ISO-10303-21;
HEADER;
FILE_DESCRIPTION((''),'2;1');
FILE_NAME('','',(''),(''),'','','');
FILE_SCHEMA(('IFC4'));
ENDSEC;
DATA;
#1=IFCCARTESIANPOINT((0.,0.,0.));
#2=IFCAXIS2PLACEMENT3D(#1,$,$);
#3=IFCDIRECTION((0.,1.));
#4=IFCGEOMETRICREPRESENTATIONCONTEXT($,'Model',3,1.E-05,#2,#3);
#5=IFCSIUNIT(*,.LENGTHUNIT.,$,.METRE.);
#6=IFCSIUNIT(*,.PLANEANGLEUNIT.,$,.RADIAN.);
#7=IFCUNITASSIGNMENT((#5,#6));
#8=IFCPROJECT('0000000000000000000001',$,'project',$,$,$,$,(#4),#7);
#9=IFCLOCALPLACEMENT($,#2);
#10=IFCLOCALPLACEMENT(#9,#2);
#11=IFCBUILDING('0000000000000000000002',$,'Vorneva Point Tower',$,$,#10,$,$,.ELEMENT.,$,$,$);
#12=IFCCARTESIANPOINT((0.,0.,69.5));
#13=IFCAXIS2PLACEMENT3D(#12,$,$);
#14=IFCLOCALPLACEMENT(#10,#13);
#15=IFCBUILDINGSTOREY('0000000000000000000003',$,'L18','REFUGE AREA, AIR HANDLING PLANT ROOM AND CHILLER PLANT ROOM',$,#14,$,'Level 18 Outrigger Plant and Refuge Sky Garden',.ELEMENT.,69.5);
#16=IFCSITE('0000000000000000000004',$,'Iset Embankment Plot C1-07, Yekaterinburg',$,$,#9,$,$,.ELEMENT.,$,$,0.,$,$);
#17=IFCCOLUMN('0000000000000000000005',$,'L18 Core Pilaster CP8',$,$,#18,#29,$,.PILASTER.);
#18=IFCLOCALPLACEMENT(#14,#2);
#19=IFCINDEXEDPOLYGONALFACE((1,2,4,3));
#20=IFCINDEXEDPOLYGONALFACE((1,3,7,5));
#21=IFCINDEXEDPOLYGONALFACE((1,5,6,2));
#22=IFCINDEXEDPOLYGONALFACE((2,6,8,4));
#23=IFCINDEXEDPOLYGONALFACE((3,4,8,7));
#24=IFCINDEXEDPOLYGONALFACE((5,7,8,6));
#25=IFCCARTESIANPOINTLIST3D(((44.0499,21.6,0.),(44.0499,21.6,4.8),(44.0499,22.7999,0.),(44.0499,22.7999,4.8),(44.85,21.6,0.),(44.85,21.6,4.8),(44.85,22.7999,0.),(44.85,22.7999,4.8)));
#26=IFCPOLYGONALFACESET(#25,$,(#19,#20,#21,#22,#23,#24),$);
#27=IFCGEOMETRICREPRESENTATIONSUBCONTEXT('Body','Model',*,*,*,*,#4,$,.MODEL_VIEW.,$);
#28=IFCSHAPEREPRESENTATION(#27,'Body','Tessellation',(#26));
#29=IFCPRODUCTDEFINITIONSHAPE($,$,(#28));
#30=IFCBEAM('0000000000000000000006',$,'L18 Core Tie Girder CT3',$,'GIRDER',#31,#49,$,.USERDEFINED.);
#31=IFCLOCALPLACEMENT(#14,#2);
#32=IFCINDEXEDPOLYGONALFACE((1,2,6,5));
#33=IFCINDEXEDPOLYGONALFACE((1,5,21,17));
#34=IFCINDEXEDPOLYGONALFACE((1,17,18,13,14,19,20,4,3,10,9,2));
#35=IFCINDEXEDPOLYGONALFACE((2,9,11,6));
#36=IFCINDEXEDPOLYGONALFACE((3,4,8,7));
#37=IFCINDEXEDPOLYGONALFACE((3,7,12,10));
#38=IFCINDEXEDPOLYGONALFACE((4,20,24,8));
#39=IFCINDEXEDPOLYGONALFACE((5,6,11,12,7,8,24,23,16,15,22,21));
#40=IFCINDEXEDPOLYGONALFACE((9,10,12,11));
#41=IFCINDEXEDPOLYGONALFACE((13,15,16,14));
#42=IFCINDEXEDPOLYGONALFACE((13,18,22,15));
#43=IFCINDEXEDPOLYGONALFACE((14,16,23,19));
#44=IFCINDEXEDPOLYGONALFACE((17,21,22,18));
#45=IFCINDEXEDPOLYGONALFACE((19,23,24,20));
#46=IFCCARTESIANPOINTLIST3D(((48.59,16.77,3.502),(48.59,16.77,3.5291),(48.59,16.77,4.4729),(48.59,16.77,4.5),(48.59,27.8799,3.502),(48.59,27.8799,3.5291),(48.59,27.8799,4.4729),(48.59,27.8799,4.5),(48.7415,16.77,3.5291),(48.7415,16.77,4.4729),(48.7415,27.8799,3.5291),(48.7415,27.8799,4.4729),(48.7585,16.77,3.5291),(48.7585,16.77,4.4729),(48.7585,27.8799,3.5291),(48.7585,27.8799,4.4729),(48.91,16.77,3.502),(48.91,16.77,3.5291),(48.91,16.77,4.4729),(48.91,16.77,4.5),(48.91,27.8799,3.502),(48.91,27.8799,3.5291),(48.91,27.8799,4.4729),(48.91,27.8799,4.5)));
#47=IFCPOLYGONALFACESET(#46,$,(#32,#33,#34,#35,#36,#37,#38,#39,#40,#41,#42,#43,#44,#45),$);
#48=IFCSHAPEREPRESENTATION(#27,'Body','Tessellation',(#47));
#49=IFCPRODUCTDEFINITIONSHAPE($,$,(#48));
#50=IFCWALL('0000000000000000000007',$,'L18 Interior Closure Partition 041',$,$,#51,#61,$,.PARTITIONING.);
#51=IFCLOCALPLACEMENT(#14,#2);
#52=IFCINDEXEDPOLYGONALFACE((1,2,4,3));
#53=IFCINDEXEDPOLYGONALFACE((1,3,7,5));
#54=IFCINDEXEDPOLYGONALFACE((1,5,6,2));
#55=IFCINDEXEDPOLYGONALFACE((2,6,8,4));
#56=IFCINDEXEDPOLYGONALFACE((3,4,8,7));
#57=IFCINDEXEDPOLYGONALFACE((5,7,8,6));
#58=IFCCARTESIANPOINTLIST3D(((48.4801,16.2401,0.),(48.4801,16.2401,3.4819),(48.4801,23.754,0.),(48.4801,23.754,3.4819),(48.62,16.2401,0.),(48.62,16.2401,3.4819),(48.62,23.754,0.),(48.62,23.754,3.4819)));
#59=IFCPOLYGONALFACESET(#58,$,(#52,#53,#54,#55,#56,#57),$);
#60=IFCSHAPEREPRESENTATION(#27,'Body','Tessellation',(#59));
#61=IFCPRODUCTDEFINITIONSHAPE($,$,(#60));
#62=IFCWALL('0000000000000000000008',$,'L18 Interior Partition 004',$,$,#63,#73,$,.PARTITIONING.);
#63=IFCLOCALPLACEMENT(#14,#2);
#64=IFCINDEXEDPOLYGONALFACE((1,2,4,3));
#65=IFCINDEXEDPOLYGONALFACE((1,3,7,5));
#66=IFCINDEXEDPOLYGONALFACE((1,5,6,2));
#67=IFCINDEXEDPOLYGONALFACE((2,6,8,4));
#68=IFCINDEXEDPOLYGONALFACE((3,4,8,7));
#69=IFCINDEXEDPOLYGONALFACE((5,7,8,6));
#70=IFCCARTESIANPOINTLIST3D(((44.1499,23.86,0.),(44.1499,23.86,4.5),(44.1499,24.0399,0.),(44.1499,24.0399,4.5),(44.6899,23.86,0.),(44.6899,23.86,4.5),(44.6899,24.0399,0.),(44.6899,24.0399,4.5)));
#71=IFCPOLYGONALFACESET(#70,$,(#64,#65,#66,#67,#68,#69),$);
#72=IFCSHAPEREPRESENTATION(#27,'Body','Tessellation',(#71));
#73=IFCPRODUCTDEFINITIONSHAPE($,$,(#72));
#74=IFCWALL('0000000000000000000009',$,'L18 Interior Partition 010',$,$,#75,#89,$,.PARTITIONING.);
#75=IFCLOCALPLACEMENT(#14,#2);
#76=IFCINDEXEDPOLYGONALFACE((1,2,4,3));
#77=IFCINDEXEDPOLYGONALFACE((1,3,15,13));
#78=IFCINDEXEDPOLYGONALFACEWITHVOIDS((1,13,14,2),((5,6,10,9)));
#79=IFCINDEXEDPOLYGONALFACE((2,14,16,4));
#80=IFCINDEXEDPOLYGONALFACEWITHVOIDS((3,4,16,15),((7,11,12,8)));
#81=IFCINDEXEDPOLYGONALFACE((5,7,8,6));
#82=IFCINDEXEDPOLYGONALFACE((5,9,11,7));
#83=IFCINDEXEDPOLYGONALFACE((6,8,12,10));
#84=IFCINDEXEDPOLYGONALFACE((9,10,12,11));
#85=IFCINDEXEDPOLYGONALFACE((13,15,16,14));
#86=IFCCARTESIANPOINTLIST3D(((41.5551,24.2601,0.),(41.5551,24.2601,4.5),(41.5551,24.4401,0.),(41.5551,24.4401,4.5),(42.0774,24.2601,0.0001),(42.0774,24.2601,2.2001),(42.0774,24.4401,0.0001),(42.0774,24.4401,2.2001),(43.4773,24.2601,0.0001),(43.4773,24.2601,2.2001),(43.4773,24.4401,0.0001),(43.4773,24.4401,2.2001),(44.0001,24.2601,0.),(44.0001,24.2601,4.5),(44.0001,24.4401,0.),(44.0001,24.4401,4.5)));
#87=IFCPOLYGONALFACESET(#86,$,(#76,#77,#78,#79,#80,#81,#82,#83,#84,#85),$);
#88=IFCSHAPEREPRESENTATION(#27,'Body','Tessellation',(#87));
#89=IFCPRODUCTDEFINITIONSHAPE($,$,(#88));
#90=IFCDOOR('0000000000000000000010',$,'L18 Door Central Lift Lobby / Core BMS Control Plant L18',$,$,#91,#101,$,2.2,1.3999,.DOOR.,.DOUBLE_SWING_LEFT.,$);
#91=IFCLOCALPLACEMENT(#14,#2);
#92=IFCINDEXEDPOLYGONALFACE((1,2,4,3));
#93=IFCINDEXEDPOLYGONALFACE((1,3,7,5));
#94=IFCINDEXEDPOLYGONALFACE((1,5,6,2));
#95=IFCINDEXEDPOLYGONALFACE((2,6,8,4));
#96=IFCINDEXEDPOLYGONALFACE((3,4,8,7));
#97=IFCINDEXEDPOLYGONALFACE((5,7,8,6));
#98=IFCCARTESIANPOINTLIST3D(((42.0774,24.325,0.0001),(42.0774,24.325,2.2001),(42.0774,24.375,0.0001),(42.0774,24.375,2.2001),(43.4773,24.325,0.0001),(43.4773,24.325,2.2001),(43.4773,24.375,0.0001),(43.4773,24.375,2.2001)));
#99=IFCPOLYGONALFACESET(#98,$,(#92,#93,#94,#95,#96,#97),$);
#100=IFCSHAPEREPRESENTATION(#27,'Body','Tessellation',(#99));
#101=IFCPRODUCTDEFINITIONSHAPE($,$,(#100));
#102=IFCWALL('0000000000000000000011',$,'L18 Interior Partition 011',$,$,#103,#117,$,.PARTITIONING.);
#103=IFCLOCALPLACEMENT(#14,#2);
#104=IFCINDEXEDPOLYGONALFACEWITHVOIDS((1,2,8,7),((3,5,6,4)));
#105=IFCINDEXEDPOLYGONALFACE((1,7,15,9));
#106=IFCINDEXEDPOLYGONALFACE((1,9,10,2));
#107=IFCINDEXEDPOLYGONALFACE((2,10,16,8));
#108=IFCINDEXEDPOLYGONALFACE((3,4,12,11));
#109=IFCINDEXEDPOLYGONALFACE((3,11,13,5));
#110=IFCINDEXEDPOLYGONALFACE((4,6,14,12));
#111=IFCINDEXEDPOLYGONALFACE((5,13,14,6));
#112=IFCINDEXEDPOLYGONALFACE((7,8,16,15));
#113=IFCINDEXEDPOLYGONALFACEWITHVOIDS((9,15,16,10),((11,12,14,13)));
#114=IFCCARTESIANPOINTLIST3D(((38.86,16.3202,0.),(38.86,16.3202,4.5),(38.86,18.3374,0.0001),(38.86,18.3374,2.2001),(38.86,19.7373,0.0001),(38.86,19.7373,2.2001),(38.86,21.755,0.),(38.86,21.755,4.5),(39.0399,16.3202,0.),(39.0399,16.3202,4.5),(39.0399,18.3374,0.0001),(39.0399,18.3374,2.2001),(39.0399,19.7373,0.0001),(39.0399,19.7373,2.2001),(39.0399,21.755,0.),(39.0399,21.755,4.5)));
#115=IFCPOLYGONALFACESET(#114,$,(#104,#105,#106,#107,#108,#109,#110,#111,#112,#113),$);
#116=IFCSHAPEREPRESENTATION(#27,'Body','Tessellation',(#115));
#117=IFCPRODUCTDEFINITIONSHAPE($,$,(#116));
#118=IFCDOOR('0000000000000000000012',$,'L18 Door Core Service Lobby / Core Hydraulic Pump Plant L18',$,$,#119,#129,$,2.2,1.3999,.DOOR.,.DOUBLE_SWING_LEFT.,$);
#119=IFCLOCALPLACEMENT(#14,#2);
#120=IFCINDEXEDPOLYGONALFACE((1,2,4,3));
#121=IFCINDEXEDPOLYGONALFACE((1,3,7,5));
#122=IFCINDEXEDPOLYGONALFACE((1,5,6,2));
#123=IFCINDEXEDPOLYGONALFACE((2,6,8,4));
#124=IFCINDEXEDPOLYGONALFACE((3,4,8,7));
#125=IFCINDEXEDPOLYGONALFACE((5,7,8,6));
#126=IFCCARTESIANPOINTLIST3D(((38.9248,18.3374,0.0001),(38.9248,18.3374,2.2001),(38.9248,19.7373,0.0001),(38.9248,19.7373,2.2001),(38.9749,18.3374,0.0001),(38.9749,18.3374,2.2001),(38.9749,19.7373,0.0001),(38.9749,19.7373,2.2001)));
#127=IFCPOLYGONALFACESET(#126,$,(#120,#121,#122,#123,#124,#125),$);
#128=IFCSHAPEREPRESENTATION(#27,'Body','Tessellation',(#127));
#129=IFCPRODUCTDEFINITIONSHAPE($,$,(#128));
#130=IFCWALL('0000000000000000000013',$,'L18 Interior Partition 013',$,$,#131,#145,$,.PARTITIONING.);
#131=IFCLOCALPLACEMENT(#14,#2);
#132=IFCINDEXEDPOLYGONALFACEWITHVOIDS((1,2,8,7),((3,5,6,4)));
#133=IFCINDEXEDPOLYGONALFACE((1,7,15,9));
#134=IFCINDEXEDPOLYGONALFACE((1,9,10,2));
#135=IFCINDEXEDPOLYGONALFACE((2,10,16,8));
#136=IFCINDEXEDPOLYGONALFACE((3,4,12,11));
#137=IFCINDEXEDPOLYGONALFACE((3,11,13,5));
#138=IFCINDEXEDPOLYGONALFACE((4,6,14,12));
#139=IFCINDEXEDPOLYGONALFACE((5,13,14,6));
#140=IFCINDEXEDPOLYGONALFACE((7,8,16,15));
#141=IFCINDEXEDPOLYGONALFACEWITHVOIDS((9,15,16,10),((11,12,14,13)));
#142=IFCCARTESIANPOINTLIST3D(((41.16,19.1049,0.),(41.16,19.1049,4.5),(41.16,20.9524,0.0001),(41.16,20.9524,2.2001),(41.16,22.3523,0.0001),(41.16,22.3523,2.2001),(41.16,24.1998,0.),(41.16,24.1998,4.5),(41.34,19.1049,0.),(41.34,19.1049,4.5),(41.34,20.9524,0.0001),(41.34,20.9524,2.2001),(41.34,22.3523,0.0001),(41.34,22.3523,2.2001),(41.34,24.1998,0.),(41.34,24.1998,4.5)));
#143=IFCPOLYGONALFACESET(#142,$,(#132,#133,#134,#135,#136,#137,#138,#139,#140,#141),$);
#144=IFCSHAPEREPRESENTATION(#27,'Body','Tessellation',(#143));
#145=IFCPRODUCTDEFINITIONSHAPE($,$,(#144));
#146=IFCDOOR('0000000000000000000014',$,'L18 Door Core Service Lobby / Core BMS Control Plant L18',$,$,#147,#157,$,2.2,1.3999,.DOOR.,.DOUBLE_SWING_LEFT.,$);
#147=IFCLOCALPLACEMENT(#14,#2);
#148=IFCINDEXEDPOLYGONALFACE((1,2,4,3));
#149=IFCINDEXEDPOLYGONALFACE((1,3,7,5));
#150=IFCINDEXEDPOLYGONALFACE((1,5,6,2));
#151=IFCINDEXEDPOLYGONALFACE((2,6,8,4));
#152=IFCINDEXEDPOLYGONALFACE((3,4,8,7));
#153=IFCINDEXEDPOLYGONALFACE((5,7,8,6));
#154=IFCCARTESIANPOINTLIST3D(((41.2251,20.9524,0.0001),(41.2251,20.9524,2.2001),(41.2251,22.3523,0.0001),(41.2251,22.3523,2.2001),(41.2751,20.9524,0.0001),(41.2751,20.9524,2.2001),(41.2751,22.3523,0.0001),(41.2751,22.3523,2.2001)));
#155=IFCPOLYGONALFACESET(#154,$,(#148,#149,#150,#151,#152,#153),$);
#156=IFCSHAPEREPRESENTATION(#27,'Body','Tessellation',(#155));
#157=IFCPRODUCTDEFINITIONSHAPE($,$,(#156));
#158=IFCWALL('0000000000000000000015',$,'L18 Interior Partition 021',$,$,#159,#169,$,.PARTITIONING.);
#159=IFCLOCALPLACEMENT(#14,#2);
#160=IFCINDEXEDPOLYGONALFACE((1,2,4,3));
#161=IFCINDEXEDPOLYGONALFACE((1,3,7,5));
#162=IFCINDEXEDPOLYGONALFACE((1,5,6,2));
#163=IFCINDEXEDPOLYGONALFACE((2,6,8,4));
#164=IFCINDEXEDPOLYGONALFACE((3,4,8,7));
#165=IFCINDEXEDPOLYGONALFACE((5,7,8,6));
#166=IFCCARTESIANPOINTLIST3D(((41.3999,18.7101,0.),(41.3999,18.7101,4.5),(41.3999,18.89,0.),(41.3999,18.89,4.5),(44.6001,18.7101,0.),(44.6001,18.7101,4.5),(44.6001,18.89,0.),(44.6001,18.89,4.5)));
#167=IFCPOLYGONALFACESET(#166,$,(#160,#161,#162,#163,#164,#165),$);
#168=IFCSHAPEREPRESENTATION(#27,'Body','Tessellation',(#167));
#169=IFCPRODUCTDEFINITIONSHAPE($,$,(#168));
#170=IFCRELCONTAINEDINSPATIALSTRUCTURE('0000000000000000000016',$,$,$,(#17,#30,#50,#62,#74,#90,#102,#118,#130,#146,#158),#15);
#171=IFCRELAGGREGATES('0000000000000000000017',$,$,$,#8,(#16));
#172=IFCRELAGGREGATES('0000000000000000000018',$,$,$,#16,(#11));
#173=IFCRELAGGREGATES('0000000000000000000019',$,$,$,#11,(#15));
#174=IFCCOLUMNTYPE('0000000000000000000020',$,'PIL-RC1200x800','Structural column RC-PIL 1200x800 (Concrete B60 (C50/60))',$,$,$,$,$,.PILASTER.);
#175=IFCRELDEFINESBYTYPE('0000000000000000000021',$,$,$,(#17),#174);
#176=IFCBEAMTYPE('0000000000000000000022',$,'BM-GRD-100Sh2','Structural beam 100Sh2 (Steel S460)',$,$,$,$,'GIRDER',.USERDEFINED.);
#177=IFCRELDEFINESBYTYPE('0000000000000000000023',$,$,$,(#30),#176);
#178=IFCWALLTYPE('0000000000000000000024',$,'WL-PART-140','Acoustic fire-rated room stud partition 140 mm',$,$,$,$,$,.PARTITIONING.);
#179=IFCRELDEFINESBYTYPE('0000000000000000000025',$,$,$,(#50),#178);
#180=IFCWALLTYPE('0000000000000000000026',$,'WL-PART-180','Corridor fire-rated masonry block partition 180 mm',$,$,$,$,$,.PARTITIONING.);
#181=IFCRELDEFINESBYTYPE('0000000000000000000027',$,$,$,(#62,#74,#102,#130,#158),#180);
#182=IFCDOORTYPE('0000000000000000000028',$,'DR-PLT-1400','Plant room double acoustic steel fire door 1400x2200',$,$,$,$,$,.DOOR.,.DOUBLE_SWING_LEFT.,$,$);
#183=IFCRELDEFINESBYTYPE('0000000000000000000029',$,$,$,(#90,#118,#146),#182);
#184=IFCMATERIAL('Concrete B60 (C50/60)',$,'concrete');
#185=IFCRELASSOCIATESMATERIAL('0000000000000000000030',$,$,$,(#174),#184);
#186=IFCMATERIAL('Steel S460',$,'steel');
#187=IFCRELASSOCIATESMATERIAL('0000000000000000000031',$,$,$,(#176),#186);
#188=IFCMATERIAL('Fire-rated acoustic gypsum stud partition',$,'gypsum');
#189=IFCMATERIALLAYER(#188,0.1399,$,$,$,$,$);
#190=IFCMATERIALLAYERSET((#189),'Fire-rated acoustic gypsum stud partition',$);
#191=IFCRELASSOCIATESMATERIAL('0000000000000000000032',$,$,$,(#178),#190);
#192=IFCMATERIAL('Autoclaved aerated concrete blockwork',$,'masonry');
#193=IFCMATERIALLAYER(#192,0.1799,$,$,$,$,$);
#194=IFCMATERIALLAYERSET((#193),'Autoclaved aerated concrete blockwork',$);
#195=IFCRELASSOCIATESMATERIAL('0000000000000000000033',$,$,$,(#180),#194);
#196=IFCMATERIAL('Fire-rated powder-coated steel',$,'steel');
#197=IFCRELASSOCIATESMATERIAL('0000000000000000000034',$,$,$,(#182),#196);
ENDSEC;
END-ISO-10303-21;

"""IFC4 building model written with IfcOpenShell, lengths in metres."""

from ifc_helpers import new_model, si_unit, direction, frame, frame_2d, origin, origin_2d, place, context, subcontext, project, spatial, rectangle, i_section, extrude, material, layer, layer_set, material_profile, profile_set, type_object, element, fill, save


model = new_model("IFC4")

# Units and contexts
model_context = context("Model", 3, precision=1e-05, world=origin(), true_north=direction((0.0, 1.0)))
body_context = subcontext(model_context, "Body", "Model", "MODEL_VIEW")
ifc_project = project(units=[si_unit("LENGTHUNIT", "METRE"), si_unit("PLANEANGLEUNIT", "RADIAN")], contexts=[model_context])

# Site, building, storey
site_placement = place(None, origin())
site = spatial("IfcSite", under=ifc_project, at=site_placement, Name="Iset Embankment Plot C1-07, Yekaterinburg", CompositionType="ELEMENT", RefElevation=0.0)
building_placement = place(site_placement, origin())
building = spatial("IfcBuilding", under=site, at=building_placement, Name="Vorneva Point Tower", CompositionType="ELEMENT")
storey_placement = place(building_placement, frame((0.0, 0.0, 69.5)))
storey = spatial("IfcBuildingStorey", under=building, at=storey_placement, Name="L18", Description="REFUGE AREA, AIR HANDLING PLANT ROOM AND CHILLER PLANT ROOM", LongName="Level 18 Outrigger Plant and Refuge Sky Garden", CompositionType="ELEMENT", Elevation=69.5)

# Column
ifc_material_1 = material(Name="Concrete B60 (C50/60)", Category="concrete")
ifc_material_profile_1 = material_profile(ifc_material_1, rectangle(XDim=0.8, YDim=1.2, at=origin_2d()), Name="RC-PIL 1200x800")
ifc_profile_set_1 = profile_set([ifc_material_profile_1], Name="Concrete B60 (C50/60)")
column_type = type_object("IfcColumnType", Name="PIL-RC1200x800", Description="Structural column RC-PIL 1200x800 (Concrete B60 (C50/60))", PredefinedType="PILASTER", material=ifc_profile_set_1)
column_placement = place(storey_placement, frame((44.45, 22.2, 0.0), z_axis=(0.0, 0.0, 1.0), x_axis=(1.0, 0.0, 0.0)))
element("IfcColumn", 1, at=column_placement, inside=storey, type_object=column_type, Name="L18 Core Pilaster CP8", PredefinedType="PILASTER", context=body_context, shape_type="SweptSolid", body=[
    extrude(rectangle(XDim=0.8, YDim=1.2, at=origin_2d()), origin(), (0.0, 0.0, 1.0), 4.8),
])

# Beam
ifc_material_2 = material(Name="Steel S460", Category="steel")
ifc_material_profile_2 = material_profile(ifc_material_2, i_section(OverallWidth=0.3201, OverallDepth=0.998, WebThickness=0.0171, FlangeThickness=0.0271, at=origin_2d()), Name="100Sh2")
ifc_profile_set_2 = profile_set([ifc_material_profile_2], Name="Steel S460")
beam_type = type_object("IfcBeamType", Name="BM-GRD-100Sh2", Description="Structural beam 100Sh2 (Steel S460)", ElementType="GIRDER", PredefinedType="USERDEFINED", material=ifc_profile_set_2)
beam_placement = place(storey_placement, frame((48.75, 16.77, 4.001), z_axis=(0.0, 1.0, 0.0), x_axis=(-1.0, 0.0, 0.0)))
element("IfcBeam", 2, at=beam_placement, inside=storey, type_object=beam_type, Name="L18 Core Tie Girder CT3", ObjectType="GIRDER", PredefinedType="USERDEFINED", context=body_context, shape_type="SweptSolid", body=[
    extrude(i_section(OverallWidth=0.3201, OverallDepth=0.998, WebThickness=0.0171, FlangeThickness=0.0271, at=origin_2d()), origin(), (0.0, 0.0, 1.0), 11.1099),
])

# Walls
ifc_material_3 = material(Name="Fire-rated acoustic gypsum stud partition", Category="gypsum")
ifc_layer_1 = layer(ifc_material_3, 0.1399)
ifc_layer_set_1 = layer_set([ifc_layer_1], Name="Fire-rated acoustic gypsum stud partition")
wall_type_1 = type_object("IfcWallType", Name="WL-PART-140", Description="Acoustic fire-rated room stud partition 140 mm", PredefinedType="PARTITIONING", material=ifc_layer_set_1)
wall_1_placement = place(storey_placement, frame((48.55, 23.7539, 0.0), z_axis=(0.0, 0.0, 1.0), x_axis=(0.0, -1.0, 0.0)))
element("IfcWall", 3, at=wall_1_placement, inside=storey, type_object=wall_type_1, Name="L18 Interior Closure Partition 041", PredefinedType="PARTITIONING", context=body_context, shape_type="SweptSolid", body=[
    extrude(rectangle(XDim=7.5139, YDim=0.1399, at=frame_2d((3.7568, 0.0))), origin(), (0.0, 0.0, 1.0), 3.4819),
])
ifc_material_4 = material(Name="Autoclaved aerated concrete blockwork", Category="masonry")
ifc_layer_2 = layer(ifc_material_4, 0.1799)
ifc_layer_set_2 = layer_set([ifc_layer_2], Name="Autoclaved aerated concrete blockwork")
wall_type_2 = type_object("IfcWallType", Name="WL-PART-180", Description="Corridor fire-rated masonry block partition 180 mm", PredefinedType="PARTITIONING", material=ifc_layer_set_2)
wall_2_placement = place(storey_placement, frame((44.1499, 23.95, 0.0), z_axis=(0.0, 0.0, 1.0), x_axis=(1.0, 0.0, 0.0)))
element("IfcWall", 4, at=wall_2_placement, inside=storey, type_object=wall_type_2, Name="L18 Interior Partition 004", PredefinedType="PARTITIONING", context=body_context, shape_type="SweptSolid", body=[
    extrude(rectangle(XDim=0.54, YDim=0.1799, at=frame_2d((0.27, 0.0))), origin(), (0.0, 0.0, 1.0), 4.5),
])

# Walls, openings, doors
ifc_material_5 = material(Name="Fire-rated powder-coated steel", Category="steel")
wall_3_placement = place(storey_placement, frame((41.5549, 24.3501, 0.0), z_axis=(0.0, 0.0, 1.0), x_axis=(1.0, 0.0, 0.0)))
wall_3 = element("IfcWall", 5, at=wall_3_placement, inside=storey, type_object=wall_type_2, Name="L18 Interior Partition 010", PredefinedType="PARTITIONING", context=body_context, shape_type="SweptSolid", body=[
    extrude(rectangle(XDim=2.4451, YDim=0.1799, at=frame_2d((1.2227, 0.0))), origin(), (0.0, 0.0, 1.0), 4.5),
])
opening_1_placement = place(wall_3_placement, frame((0.5225, 0.0, 0.0)))
opening_1 = element("IfcOpeningElement", 6, at=opening_1_placement, cuts=wall_3, PredefinedType="OPENING", context=body_context, shape_type="SweptSolid", body=[
    extrude(rectangle(XDim=1.3999, YDim=2.2, at=frame_2d((0.7, 1.1001))), frame((0.0, 0.105, 0.0), z_axis=(0.0, -1.0, 0.0), x_axis=(1.0, 0.0, 0.0)), (0.0, 0.0, 1.0), 0.2097),
])
door_type_1 = type_object("IfcDoorType", Name="DR-PLT-1400", Description="Plant room double acoustic steel fire door 1400x2200", OperationType="DOUBLE_SWING_LEFT", PredefinedType="DOOR", material=ifc_material_5)
door_1_placement = place(opening_1_placement, origin())
door_1 = element("IfcDoor", 7, at=door_1_placement, inside=storey, type_object=door_type_1, Name="L18 Door Central Lift Lobby / Core BMS Control Plant L18", OperationType="DOUBLE_SWING_LEFT", OverallHeight=2.2, OverallWidth=1.3999, PredefinedType="DOOR", context=body_context, shape_type="SweptSolid", body=[
    extrude(rectangle(XDim=1.3999, YDim=2.2, at=frame_2d((0.7, 1.1001))), frame((0.0, 0.0249, 0.0), z_axis=(0.0, -1.0, 0.0), x_axis=(1.0, 0.0, 0.0)), (0.0, 0.0, 1.0), 0.05),
])
fill(opening_1, door_1)
wall_4_placement = place(storey_placement, frame((38.95, 21.7549, 0.0), z_axis=(0.0, 0.0, 1.0), x_axis=(0.0, -1.0, 0.0)))
wall_4 = element("IfcWall", 8, at=wall_4_placement, inside=storey, type_object=wall_type_2, Name="L18 Interior Partition 011", PredefinedType="PARTITIONING", context=body_context, shape_type="SweptSolid", body=[
    extrude(rectangle(XDim=5.4348, YDim=0.1799, at=frame_2d((2.7173, 0.0))), origin(), (0.0, 0.0, 1.0), 4.5),
])
opening_2_placement = place(wall_4_placement, frame((2.0176, 0.0, 0.0)))
opening_2 = element("IfcOpeningElement", 9, at=opening_2_placement, cuts=wall_4, PredefinedType="OPENING", context=body_context, shape_type="SweptSolid", body=[
    extrude(rectangle(XDim=1.3999, YDim=2.2, at=frame_2d((0.7, 1.1001))), frame((0.0, 0.105, 0.0), z_axis=(0.0, -1.0, 0.0), x_axis=(1.0, 0.0, 0.0)), (0.0, 0.0, 1.0), 0.2097),
])
door_2_placement = place(opening_2_placement, origin())
door_2 = element("IfcDoor", 10, at=door_2_placement, inside=storey, type_object=door_type_1, Name="L18 Door Core Service Lobby / Core Hydraulic Pump Plant L18", OperationType="DOUBLE_SWING_LEFT", OverallHeight=2.2, OverallWidth=1.3999, PredefinedType="DOOR", context=body_context, shape_type="SweptSolid", body=[
    extrude(rectangle(XDim=1.3999, YDim=2.2, at=frame_2d((0.7, 1.1001))), frame((0.0, 0.0249, 0.0), z_axis=(0.0, -1.0, 0.0), x_axis=(1.0, 0.0, 0.0)), (0.0, 0.0, 1.0), 0.05),
])
fill(opening_2, door_2)
wall_5_placement = place(storey_placement, frame((41.25, 19.105, 0.0), z_axis=(0.0, 0.0, 1.0), x_axis=(0.0, 1.0, 0.0)))
wall_5 = element("IfcWall", 11, at=wall_5_placement, inside=storey, type_object=wall_type_2, Name="L18 Interior Partition 013", PredefinedType="PARTITIONING", context=body_context, shape_type="SweptSolid", body=[
    extrude(rectangle(XDim=5.095, YDim=0.1799, at=frame_2d((2.5474, 0.0))), origin(), (0.0, 0.0, 1.0), 4.5),
])
opening_3_placement = place(wall_5_placement, frame((1.8474, 0.0, 0.0)))
opening_3 = element("IfcOpeningElement", 12, at=opening_3_placement, cuts=wall_5, PredefinedType="OPENING", context=body_context, shape_type="SweptSolid", body=[
    extrude(rectangle(XDim=1.3999, YDim=2.2, at=frame_2d((0.7, 1.1001))), frame((0.0, 0.105, 0.0), z_axis=(0.0, -1.0, 0.0), x_axis=(1.0, 0.0, 0.0)), (0.0, 0.0, 1.0), 0.2097),
])
door_3_placement = place(opening_3_placement, origin())
door_3 = element("IfcDoor", 13, at=door_3_placement, inside=storey, type_object=door_type_1, Name="L18 Door Core Service Lobby / Core BMS Control Plant L18", OperationType="DOUBLE_SWING_LEFT", OverallHeight=2.2, OverallWidth=1.3999, PredefinedType="DOOR", context=body_context, shape_type="SweptSolid", body=[
    extrude(rectangle(XDim=1.3999, YDim=2.2, at=frame_2d((0.7, 1.1001))), frame((0.0, 0.0249, 0.0), z_axis=(0.0, -1.0, 0.0), x_axis=(1.0, 0.0, 0.0)), (0.0, 0.0, 1.0), 0.05),
])
fill(opening_3, door_3)

# Wall
wall_6_placement = place(storey_placement, frame((44.6001, 18.8, 0.0), z_axis=(0.0, 0.0, 1.0), x_axis=(-1.0, 0.0, 0.0)))
element("IfcWall", 14, at=wall_6_placement, inside=storey, type_object=wall_type_2, Name="L18 Interior Partition 021", PredefinedType="PARTITIONING", context=body_context, shape_type="SweptSolid", body=[
    extrude(rectangle(XDim=3.2002, YDim=0.1799, at=frame_2d((1.6001, 0.0))), origin(), (0.0, 0.0, 1.0), 4.5),
])

save(model, "model.ifc")
